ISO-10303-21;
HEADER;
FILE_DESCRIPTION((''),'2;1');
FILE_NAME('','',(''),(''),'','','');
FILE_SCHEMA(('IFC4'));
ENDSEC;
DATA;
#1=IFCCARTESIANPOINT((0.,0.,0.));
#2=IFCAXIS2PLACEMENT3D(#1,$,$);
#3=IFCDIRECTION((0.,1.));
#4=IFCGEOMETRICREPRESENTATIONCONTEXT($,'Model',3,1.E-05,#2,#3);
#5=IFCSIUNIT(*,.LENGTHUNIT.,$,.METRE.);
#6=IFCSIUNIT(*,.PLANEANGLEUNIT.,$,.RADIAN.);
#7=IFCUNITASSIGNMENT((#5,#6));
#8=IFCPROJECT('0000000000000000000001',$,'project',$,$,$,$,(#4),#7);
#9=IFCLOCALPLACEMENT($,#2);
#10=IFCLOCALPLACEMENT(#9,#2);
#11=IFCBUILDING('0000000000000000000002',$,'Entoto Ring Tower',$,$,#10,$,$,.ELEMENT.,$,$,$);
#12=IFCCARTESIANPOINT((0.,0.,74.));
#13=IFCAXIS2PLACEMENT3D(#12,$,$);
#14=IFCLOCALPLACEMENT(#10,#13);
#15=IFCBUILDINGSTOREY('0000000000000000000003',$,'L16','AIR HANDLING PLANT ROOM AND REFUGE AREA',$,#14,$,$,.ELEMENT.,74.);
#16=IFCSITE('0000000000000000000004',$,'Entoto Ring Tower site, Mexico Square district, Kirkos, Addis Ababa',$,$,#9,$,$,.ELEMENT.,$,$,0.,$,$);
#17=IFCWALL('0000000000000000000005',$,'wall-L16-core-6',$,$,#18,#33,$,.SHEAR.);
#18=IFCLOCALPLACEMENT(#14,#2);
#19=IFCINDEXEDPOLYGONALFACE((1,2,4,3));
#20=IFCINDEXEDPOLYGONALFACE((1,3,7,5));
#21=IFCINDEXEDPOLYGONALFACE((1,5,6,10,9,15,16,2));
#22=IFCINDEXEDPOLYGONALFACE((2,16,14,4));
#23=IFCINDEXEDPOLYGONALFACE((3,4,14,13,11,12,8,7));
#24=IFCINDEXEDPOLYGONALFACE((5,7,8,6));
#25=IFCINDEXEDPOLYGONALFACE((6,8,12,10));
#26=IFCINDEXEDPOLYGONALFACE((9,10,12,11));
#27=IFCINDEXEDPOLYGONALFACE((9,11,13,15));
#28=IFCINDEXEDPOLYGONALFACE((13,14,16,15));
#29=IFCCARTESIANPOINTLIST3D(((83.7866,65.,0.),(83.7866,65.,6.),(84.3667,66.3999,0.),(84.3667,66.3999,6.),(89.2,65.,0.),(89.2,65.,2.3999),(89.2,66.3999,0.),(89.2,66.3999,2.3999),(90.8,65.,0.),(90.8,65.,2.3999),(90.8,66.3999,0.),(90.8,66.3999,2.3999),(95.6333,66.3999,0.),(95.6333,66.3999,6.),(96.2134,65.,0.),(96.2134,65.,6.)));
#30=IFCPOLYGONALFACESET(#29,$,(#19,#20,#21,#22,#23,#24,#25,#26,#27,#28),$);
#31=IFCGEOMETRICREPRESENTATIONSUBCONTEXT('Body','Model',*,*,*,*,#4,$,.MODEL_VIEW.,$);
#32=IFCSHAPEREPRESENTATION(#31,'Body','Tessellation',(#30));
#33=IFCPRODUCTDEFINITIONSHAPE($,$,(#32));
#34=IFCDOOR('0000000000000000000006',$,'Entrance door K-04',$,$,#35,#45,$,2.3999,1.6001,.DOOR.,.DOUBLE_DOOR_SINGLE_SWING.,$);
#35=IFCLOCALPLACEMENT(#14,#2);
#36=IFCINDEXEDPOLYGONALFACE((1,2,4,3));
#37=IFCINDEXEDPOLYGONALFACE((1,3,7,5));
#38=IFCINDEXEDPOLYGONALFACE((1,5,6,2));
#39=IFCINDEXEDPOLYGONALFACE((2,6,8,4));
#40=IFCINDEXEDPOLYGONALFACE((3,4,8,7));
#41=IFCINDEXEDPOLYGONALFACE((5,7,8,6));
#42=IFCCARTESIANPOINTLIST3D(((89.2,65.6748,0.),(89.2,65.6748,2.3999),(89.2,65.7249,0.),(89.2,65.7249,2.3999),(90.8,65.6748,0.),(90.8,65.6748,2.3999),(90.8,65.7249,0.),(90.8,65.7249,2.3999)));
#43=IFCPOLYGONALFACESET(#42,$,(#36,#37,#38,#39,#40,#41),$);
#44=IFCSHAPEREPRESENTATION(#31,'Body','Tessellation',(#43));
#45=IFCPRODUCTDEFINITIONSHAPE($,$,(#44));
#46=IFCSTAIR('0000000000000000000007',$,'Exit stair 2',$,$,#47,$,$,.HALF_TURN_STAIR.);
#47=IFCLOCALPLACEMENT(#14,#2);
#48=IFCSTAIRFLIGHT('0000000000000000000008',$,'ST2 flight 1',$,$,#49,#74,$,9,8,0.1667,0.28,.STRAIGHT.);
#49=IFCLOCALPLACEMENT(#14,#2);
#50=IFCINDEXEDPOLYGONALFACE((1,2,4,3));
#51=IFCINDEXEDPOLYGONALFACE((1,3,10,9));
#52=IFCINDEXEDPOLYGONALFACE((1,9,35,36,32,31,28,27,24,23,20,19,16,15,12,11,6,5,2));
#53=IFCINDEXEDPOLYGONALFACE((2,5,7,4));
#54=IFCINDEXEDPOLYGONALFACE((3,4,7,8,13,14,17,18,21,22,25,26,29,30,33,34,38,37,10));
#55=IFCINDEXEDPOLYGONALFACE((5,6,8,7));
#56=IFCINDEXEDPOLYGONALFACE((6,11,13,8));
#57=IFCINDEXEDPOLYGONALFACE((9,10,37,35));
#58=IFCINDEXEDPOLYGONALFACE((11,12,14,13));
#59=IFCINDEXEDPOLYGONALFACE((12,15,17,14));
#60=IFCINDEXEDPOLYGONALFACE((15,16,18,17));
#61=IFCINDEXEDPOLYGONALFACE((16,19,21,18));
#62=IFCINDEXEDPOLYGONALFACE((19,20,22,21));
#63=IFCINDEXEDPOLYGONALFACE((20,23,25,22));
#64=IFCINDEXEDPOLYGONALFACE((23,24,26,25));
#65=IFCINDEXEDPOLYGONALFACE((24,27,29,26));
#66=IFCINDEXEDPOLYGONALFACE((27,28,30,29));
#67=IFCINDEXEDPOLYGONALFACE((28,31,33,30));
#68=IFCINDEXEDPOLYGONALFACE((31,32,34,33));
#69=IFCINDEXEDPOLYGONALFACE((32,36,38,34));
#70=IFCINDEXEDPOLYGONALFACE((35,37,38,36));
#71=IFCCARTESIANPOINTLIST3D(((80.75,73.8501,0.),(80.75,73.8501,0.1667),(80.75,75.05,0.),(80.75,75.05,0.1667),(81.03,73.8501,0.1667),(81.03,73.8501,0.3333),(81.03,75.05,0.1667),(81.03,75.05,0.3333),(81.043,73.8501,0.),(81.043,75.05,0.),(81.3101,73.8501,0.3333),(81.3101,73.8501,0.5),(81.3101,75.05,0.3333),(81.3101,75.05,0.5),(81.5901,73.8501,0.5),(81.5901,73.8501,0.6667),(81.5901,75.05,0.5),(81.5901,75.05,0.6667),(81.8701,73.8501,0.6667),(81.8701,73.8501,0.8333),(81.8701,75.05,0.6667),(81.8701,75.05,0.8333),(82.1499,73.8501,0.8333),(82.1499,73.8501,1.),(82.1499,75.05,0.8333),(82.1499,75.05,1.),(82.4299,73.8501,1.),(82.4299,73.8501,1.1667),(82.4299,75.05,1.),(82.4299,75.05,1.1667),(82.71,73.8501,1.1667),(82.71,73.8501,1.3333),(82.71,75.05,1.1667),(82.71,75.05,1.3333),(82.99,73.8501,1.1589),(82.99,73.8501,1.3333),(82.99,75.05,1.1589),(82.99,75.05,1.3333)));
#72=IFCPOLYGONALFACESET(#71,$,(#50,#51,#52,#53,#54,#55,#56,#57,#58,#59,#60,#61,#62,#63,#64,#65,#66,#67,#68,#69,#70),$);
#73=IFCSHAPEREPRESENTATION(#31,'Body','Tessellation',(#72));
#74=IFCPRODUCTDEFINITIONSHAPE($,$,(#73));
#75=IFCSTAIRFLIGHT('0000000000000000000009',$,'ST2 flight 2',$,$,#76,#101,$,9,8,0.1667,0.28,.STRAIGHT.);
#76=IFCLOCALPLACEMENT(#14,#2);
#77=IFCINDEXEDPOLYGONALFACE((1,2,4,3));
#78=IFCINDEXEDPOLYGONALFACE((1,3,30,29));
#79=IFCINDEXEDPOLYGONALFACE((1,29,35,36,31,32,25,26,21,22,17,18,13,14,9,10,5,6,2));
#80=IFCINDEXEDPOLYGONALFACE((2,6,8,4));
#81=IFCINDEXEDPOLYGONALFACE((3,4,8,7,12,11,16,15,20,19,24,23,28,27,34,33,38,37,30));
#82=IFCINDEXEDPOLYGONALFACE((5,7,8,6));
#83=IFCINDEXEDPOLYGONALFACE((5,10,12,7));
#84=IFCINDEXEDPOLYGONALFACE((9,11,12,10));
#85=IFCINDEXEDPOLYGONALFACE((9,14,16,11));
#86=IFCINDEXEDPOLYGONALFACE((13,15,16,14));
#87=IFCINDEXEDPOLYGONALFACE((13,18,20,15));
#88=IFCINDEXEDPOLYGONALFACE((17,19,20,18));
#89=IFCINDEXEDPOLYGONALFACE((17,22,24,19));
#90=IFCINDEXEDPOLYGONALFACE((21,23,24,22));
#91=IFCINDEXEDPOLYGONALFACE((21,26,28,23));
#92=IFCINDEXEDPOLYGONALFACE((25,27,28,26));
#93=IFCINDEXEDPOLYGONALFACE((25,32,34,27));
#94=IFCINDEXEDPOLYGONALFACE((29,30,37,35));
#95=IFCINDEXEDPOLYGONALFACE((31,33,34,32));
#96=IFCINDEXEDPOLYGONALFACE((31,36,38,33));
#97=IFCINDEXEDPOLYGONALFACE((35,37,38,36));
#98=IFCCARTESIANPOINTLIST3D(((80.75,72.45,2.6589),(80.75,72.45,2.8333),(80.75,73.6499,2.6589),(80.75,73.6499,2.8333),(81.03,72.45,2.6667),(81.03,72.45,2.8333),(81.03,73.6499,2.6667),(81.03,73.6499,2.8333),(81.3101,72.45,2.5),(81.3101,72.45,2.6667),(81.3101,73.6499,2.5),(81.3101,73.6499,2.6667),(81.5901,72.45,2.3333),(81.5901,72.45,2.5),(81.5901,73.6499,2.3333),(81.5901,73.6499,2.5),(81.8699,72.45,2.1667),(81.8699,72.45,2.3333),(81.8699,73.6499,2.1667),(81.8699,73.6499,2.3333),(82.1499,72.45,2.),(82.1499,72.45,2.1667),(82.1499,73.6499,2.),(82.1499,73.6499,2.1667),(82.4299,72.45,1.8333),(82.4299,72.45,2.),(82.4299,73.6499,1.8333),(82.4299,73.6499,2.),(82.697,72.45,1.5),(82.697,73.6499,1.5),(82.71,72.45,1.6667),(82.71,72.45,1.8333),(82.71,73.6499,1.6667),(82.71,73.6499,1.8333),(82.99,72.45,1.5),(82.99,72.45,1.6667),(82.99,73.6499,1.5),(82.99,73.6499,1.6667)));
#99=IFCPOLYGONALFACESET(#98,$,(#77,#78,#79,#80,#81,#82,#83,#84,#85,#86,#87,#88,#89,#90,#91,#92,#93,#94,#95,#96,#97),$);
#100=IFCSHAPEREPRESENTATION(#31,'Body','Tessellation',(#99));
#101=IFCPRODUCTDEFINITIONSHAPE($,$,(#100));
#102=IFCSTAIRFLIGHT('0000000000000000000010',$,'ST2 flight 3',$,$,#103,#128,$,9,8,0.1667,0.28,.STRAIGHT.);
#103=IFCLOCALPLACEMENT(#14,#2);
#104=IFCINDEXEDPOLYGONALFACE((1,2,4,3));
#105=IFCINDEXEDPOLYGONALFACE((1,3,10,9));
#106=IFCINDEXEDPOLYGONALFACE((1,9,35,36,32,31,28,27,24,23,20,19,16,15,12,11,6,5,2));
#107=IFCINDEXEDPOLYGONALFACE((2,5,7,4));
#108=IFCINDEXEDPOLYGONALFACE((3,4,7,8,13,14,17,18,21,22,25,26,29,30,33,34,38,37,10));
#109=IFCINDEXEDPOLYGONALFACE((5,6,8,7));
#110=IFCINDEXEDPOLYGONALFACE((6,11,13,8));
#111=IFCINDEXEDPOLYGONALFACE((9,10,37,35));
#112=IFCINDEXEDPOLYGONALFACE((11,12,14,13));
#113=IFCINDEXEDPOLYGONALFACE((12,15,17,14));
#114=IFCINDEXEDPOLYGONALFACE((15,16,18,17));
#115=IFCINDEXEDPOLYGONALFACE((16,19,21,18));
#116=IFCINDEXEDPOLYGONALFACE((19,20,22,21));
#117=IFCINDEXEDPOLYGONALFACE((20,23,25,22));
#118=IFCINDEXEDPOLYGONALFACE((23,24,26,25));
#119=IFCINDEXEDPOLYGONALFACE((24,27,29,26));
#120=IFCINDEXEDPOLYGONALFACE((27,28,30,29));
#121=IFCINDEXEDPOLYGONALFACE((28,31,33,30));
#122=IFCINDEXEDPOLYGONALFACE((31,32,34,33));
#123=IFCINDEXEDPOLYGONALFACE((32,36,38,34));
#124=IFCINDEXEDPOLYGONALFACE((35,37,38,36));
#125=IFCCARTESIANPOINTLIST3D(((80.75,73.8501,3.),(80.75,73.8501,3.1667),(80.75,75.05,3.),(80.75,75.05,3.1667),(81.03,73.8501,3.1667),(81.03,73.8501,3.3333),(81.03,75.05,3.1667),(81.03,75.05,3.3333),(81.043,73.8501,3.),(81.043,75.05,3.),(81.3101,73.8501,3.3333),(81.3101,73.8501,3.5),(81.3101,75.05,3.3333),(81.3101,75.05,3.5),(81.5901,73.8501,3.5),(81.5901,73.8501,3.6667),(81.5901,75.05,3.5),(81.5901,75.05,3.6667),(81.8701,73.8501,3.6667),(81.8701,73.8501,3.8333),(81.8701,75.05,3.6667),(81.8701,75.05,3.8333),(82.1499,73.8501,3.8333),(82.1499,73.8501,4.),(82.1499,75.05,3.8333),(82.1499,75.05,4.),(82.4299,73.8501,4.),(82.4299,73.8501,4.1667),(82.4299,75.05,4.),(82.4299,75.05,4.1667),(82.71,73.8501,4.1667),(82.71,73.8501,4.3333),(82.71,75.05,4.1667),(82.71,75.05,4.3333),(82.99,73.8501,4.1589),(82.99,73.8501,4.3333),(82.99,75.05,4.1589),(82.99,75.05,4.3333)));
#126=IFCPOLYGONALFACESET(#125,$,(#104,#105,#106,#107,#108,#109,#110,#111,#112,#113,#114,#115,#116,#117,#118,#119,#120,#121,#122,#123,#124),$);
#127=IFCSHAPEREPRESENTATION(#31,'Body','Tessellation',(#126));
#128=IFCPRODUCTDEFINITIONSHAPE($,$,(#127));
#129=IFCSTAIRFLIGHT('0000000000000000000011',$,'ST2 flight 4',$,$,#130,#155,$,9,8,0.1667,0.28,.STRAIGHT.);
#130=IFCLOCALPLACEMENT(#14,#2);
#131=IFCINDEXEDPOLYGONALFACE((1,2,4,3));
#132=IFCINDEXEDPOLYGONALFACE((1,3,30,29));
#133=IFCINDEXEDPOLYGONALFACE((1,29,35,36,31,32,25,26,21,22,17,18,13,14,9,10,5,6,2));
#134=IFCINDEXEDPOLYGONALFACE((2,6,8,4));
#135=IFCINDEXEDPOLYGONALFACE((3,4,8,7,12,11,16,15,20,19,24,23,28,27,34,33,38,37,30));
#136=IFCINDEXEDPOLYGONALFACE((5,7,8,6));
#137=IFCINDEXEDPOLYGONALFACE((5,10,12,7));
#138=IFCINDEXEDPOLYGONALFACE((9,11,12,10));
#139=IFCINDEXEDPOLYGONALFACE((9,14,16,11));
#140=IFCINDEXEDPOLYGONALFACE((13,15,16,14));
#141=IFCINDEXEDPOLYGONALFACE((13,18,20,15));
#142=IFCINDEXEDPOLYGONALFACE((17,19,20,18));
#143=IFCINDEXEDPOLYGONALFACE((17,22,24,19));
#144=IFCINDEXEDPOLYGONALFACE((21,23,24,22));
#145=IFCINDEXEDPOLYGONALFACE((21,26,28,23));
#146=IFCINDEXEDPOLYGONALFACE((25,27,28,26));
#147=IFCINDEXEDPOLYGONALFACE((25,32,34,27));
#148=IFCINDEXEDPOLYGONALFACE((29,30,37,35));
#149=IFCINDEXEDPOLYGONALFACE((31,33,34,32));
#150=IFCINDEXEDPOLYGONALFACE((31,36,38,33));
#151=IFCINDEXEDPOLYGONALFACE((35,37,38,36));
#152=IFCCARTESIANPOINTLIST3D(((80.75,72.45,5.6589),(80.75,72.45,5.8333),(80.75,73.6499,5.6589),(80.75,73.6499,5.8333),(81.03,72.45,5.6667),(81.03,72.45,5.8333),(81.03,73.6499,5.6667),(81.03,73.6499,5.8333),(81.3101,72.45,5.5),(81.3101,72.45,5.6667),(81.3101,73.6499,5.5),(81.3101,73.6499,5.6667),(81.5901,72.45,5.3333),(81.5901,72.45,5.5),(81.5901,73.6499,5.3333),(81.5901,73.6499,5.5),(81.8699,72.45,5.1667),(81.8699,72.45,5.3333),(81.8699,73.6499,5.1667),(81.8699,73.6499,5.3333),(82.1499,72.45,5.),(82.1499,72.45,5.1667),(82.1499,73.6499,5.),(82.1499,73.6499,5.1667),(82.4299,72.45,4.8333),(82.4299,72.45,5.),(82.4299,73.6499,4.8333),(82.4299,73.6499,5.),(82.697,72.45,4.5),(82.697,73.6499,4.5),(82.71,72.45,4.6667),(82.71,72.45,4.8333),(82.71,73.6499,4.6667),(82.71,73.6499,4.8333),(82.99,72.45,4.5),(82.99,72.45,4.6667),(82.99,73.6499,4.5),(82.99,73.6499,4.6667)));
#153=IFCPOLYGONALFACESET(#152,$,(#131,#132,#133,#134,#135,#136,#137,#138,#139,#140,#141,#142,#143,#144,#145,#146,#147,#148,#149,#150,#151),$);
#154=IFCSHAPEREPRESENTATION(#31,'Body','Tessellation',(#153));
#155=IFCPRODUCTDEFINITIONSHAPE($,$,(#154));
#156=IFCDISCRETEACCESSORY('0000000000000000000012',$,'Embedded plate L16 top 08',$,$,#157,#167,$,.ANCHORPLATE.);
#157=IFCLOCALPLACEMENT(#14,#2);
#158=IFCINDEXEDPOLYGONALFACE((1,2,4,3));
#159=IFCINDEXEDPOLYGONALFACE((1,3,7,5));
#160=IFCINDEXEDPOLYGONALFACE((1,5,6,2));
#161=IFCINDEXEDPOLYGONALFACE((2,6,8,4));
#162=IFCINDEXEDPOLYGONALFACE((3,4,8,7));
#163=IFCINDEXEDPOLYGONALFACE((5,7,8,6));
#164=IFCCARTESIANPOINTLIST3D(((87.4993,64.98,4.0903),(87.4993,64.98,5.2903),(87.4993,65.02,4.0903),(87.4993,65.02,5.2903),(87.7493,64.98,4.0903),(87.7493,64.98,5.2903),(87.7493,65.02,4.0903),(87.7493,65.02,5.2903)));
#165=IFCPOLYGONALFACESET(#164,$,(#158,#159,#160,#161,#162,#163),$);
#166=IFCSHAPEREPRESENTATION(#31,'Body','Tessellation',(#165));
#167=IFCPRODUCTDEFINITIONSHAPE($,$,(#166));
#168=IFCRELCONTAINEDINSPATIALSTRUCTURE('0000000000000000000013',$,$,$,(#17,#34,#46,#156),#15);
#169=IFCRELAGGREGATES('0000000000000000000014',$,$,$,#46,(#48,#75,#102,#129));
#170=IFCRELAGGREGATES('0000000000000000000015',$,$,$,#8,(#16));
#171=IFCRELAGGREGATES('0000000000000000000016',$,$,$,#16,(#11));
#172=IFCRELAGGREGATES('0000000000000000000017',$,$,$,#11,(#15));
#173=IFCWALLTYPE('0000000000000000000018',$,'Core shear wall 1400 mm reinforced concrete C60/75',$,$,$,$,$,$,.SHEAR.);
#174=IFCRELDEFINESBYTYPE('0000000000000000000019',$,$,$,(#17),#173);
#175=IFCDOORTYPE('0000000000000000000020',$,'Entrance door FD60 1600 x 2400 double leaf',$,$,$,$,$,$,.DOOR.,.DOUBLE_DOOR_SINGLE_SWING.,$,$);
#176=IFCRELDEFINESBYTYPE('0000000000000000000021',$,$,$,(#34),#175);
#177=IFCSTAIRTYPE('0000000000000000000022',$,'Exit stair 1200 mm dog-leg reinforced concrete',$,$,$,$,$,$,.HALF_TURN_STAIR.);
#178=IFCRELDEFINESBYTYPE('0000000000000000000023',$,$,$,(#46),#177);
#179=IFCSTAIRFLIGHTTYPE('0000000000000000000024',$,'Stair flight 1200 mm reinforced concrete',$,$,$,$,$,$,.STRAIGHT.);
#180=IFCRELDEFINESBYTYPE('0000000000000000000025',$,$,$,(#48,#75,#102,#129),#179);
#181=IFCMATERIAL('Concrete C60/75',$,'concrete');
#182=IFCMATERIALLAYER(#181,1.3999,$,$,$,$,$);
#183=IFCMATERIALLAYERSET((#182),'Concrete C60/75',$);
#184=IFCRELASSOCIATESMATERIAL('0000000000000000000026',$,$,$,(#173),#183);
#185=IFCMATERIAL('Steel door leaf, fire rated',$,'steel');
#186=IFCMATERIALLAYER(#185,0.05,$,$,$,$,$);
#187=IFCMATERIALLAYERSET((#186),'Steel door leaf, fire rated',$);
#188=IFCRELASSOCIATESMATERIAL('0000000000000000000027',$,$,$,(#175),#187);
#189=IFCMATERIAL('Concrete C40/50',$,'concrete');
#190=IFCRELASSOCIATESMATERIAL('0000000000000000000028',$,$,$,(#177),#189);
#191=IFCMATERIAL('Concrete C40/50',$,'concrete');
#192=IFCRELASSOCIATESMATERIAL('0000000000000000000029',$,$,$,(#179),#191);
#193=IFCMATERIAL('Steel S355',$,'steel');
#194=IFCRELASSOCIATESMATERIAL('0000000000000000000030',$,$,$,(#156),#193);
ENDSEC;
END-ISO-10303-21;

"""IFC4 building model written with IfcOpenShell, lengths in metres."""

from ifc_helpers import new_model, si_unit, direction, frame, frame_2d, origin, origin_2d, place, context, subcontext, project, spatial, polyline, rectangle, outline, extrude, material, layer, layer_set, type_object, element, fill, aggregate, save


model = new_model("IFC4")

# Units and contexts
model_context = context("Model", 3, precision=1e-05, world=origin(), true_north=direction((0.0, 1.0)))
body_context = subcontext(model_context, "Body", "Model", "MODEL_VIEW")
ifc_project = project(units=[si_unit("LENGTHUNIT", "METRE"), si_unit("PLANEANGLEUNIT", "RADIAN")], contexts=[model_context])

# Site, building, storey
site_placement = place(None, origin())
site = spatial("IfcSite", under=ifc_project, at=site_placement, Name="Entoto Ring Tower site, Mexico Square district, Kirkos, Addis Ababa", CompositionType="ELEMENT", RefElevation=0.0)
building_placement = place(site_placement, origin())
building = spatial("IfcBuilding", under=site, at=building_placement, Name="Entoto Ring Tower", CompositionType="ELEMENT")
storey_placement = place(building_placement, frame((0.0, 0.0, 74.0)))
storey = spatial("IfcBuildingStorey", under=building, at=storey_placement, Name="L16", Description="AIR HANDLING PLANT ROOM AND REFUGE AREA", CompositionType="ELEMENT", Elevation=74.0)

# Wall, opening, door
ifc_material_1 = material(Name="Concrete C60/75", Category="concrete")
ifc_layer_1 = layer(ifc_material_1, 1.3999)
ifc_layer_set_1 = layer_set([ifc_layer_1], Name="Concrete C60/75")
wall_type_1 = type_object("IfcWallType", Name="Core shear wall 1400 mm reinforced concrete C60/75", PredefinedType="SHEAR", material=ifc_layer_set_1)
wall_1_placement = place(storey_placement, frame((84.0767, 65.7, 0.0), z_axis=(0.0, 0.0, 1.0), x_axis=(1.0, 0.0, 0.0)))
wall_1 = element("IfcWall", 1, at=wall_1_placement, inside=storey, type_object=wall_type_1, Name="wall-L16-core-6", PredefinedType="SHEAR", context=body_context, shape_type="SweptSolid", body=[
    extrude(outline(polyline([(-0.29, -0.7), (12.1367, -0.7), (11.5566, 0.7), (0.29, 0.7), (-0.29, -0.7)])), origin(), (0.0, 0.0, 1.0), 6.0),
])
opening_1_placement = place(wall_1_placement, frame((5.1233, 0.0, 0.0)))
opening_1 = element("IfcOpeningElement", 2, at=opening_1_placement, cuts=wall_1, PredefinedType="OPENING", context=body_context, shape_type="SweptSolid", body=[
    extrude(rectangle(XDim=1.6001, YDim=2.3999, at=frame_2d((0.8, 1.2))), frame((0.0, 0.71, 0.0), z_axis=(0.0, -1.0, 0.0), x_axis=(1.0, 0.0, 0.0)), (0.0, 0.0, 1.0), 1.4199),
])
ifc_material_2 = material(Name="Steel door leaf, fire rated", Category="steel")
ifc_layer_2 = layer(ifc_material_2, 0.05)
ifc_layer_set_2 = layer_set([ifc_layer_2], Name="Steel door leaf, fire rated")
door_type_1 = type_object("IfcDoorType", Name="Entrance door FD60 1600 x 2400 double leaf", OperationType="DOUBLE_DOOR_SINGLE_SWING", PredefinedType="DOOR", material=ifc_layer_set_2)
door_1_placement = place(opening_1_placement, origin())
door_1 = element("IfcDoor", 3, at=door_1_placement, inside=storey, type_object=door_type_1, Name="Entrance door K-04", OperationType="DOUBLE_DOOR_SINGLE_SWING", OverallHeight=2.3999, OverallWidth=1.6001, PredefinedType="DOOR", context=body_context, shape_type="SweptSolid", body=[
    extrude(rectangle(XDim=1.6001, YDim=2.3999, at=frame_2d((0.8, 1.2))), frame((0.0, 0.0249, 0.0), z_axis=(0.0, -1.0, 0.0), x_axis=(1.0, 0.0, 0.0)), (0.0, 0.0, 1.0), 0.05),
])
fill(opening_1, door_1)

# Stair, stair flights
ifc_material_3 = material(Name="Concrete C40/50", Category="concrete")
stair_type = type_object("IfcStairType", Name="Exit stair 1200 mm dog-leg reinforced concrete", PredefinedType="HALF_TURN_STAIR", material=ifc_material_3)
stair_placement = place(storey_placement, origin())
stair = element("IfcStair", 4, at=stair_placement, inside=storey, type_object=stair_type, Name="Exit stair 2", PredefinedType="HALF_TURN_STAIR")
ifc_material_4 = material(Name="Concrete C40/50", Category="concrete")
stair_flight_type = type_object("IfcStairFlightType", Name="Stair flight 1200 mm reinforced concrete", PredefinedType="STRAIGHT", material=ifc_material_4)
stair_flight_1_placement = place(storey_placement, frame((80.75, 74.45, 0.0), z_axis=(0.0, 0.0, 1.0), x_axis=(1.0, 0.0, 0.0)))
stair_flight_1 = element("IfcStairFlight", 5, at=stair_flight_1_placement, type_object=stair_flight_type, Name="ST2 flight 1", NumberOfRisers=9, NumberOfTreads=8, PredefinedType="STRAIGHT", RiserHeight=0.1667, TreadLength=0.28, context=body_context, shape_type="SweptSolid", body=[
    extrude(outline(polyline([(0.0, 0.0), (0.0, 0.1667), (0.28, 0.1667), (0.28, 0.3333), (0.5601, 0.3333), (0.5601, 0.5), (0.8401, 0.5), (0.8401, 0.6667), (1.1201, 0.6667), (1.1201, 0.8333), (1.3999, 0.8333), (1.3999, 1.0), (1.6799, 1.0), (1.6799, 1.1667), (1.96, 1.1667), (1.96, 1.3333), (2.24, 1.3333), (2.24, 1.5), (2.24, 1.1589), (0.293, 0.0), (0.0, 0.0)])), frame((0.0, 0.6001, 0.0), z_axis=(0.0, -1.0, 0.0), x_axis=(1.0, 0.0, 0.0)), (0.0, 0.0, 1.0), 1.2),
])
stair_flight_2_placement = place(storey_placement, frame((82.99, 73.05, 1.5), z_axis=(0.0, 0.0, 1.0), x_axis=(-1.0, 0.0, 0.0)))
stair_flight_2 = element("IfcStairFlight", 6, at=stair_flight_2_placement, type_object=stair_flight_type, Name="ST2 flight 2", NumberOfRisers=9, NumberOfTreads=8, PredefinedType="STRAIGHT", RiserHeight=0.1667, TreadLength=0.28, context=body_context, shape_type="SweptSolid", body=[
    extrude(outline(polyline([(0.0, 0.0), (0.0, 0.1667), (0.28, 0.1667), (0.28, 0.3333), (0.5601, 0.3333), (0.5601, 0.5), (0.8401, 0.5), (0.8401, 0.6667), (1.1201, 0.6667), (1.1201, 0.8333), (1.3999, 0.8333), (1.3999, 1.0), (1.6799, 1.0), (1.6799, 1.1667), (1.96, 1.1667), (1.96, 1.3333), (2.24, 1.3333), (2.24, 1.5), (2.24, 1.1589), (0.293, 0.0), (0.0, 0.0)])), frame((0.0, 0.6001, 0.0), z_axis=(0.0, -1.0, 0.0), x_axis=(1.0, 0.0, 0.0)), (0.0, 0.0, 1.0), 1.2),
])
stair_flight_3_placement = place(storey_placement, frame((80.75, 74.45, 3.0), z_axis=(0.0, 0.0, 1.0), x_axis=(1.0, 0.0, 0.0)))
stair_flight_3 = element("IfcStairFlight", 7, at=stair_flight_3_placement, type_object=stair_flight_type, Name="ST2 flight 3", NumberOfRisers=9, NumberOfTreads=8, PredefinedType="STRAIGHT", RiserHeight=0.1667, TreadLength=0.28, context=body_context, shape_type="SweptSolid", body=[
    extrude(outline(polyline([(0.0, 0.0), (0.0, 0.1667), (0.28, 0.1667), (0.28, 0.3333), (0.5601, 0.3333), (0.5601, 0.5), (0.8401, 0.5), (0.8401, 0.6667), (1.1201, 0.6667), (1.1201, 0.8333), (1.3999, 0.8333), (1.3999, 1.0), (1.6799, 1.0), (1.6799, 1.1667), (1.96, 1.1667), (1.96, 1.3333), (2.24, 1.3333), (2.24, 1.5), (2.24, 1.1589), (0.293, 0.0), (0.0, 0.0)])), frame((0.0, 0.6001, 0.0), z_axis=(0.0, -1.0, 0.0), x_axis=(1.0, 0.0, 0.0)), (0.0, 0.0, 1.0), 1.2),
])
stair_flight_4_placement = place(storey_placement, frame((82.99, 73.05, 4.5), z_axis=(0.0, 0.0, 1.0), x_axis=(-1.0, 0.0, 0.0)))
stair_flight_4 = element("IfcStairFlight", 8, at=stair_flight_4_placement, type_object=stair_flight_type, Name="ST2 flight 4", NumberOfRisers=9, NumberOfTreads=8, PredefinedType="STRAIGHT", RiserHeight=0.1667, TreadLength=0.28, context=body_context, shape_type="SweptSolid", body=[
    extrude(outline(polyline([(0.0, 0.0), (0.0, 0.1667), (0.28, 0.1667), (0.28, 0.3333), (0.5601, 0.3333), (0.5601, 0.5), (0.8401, 0.5), (0.8401, 0.6667), (1.1201, 0.6667), (1.1201, 0.8333), (1.3999, 0.8333), (1.3999, 1.0), (1.6799, 1.0), (1.6799, 1.1667), (1.96, 1.1667), (1.96, 1.3333), (2.24, 1.3333), (2.24, 1.5), (2.24, 1.1589), (0.293, 0.0), (0.0, 0.0)])), frame((0.0, 0.6001, 0.0), z_axis=(0.0, -1.0, 0.0), x_axis=(1.0, 0.0, 0.0)), (0.0, 0.0, 1.0), 1.2),
])
aggregate(stair, [stair_flight_1, stair_flight_2, stair_flight_3, stair_flight_4])

# Discrete accessory
ifc_material_5 = material(Name="Steel S355", Category="steel")
discrete_accessory_placement = place(storey_placement, frame((87.6243, 65.0, 4.0903), z_axis=(0.0, 0.0, 1.0), x_axis=(0.0, -1.0, 0.0)))
element("IfcDiscreteAccessory", 9, at=discrete_accessory_placement, inside=storey, material=ifc_material_5, Name="Embedded plate L16 top 08", PredefinedType="ANCHORPLATE", context=body_context, shape_type="SweptSolid", body=[
    extrude(rectangle(XDim=0.04, YDim=0.25, at=origin_2d()), origin(), (0.0, 0.0, 1.0), 1.2),
])

save(model, "model.ifc")
